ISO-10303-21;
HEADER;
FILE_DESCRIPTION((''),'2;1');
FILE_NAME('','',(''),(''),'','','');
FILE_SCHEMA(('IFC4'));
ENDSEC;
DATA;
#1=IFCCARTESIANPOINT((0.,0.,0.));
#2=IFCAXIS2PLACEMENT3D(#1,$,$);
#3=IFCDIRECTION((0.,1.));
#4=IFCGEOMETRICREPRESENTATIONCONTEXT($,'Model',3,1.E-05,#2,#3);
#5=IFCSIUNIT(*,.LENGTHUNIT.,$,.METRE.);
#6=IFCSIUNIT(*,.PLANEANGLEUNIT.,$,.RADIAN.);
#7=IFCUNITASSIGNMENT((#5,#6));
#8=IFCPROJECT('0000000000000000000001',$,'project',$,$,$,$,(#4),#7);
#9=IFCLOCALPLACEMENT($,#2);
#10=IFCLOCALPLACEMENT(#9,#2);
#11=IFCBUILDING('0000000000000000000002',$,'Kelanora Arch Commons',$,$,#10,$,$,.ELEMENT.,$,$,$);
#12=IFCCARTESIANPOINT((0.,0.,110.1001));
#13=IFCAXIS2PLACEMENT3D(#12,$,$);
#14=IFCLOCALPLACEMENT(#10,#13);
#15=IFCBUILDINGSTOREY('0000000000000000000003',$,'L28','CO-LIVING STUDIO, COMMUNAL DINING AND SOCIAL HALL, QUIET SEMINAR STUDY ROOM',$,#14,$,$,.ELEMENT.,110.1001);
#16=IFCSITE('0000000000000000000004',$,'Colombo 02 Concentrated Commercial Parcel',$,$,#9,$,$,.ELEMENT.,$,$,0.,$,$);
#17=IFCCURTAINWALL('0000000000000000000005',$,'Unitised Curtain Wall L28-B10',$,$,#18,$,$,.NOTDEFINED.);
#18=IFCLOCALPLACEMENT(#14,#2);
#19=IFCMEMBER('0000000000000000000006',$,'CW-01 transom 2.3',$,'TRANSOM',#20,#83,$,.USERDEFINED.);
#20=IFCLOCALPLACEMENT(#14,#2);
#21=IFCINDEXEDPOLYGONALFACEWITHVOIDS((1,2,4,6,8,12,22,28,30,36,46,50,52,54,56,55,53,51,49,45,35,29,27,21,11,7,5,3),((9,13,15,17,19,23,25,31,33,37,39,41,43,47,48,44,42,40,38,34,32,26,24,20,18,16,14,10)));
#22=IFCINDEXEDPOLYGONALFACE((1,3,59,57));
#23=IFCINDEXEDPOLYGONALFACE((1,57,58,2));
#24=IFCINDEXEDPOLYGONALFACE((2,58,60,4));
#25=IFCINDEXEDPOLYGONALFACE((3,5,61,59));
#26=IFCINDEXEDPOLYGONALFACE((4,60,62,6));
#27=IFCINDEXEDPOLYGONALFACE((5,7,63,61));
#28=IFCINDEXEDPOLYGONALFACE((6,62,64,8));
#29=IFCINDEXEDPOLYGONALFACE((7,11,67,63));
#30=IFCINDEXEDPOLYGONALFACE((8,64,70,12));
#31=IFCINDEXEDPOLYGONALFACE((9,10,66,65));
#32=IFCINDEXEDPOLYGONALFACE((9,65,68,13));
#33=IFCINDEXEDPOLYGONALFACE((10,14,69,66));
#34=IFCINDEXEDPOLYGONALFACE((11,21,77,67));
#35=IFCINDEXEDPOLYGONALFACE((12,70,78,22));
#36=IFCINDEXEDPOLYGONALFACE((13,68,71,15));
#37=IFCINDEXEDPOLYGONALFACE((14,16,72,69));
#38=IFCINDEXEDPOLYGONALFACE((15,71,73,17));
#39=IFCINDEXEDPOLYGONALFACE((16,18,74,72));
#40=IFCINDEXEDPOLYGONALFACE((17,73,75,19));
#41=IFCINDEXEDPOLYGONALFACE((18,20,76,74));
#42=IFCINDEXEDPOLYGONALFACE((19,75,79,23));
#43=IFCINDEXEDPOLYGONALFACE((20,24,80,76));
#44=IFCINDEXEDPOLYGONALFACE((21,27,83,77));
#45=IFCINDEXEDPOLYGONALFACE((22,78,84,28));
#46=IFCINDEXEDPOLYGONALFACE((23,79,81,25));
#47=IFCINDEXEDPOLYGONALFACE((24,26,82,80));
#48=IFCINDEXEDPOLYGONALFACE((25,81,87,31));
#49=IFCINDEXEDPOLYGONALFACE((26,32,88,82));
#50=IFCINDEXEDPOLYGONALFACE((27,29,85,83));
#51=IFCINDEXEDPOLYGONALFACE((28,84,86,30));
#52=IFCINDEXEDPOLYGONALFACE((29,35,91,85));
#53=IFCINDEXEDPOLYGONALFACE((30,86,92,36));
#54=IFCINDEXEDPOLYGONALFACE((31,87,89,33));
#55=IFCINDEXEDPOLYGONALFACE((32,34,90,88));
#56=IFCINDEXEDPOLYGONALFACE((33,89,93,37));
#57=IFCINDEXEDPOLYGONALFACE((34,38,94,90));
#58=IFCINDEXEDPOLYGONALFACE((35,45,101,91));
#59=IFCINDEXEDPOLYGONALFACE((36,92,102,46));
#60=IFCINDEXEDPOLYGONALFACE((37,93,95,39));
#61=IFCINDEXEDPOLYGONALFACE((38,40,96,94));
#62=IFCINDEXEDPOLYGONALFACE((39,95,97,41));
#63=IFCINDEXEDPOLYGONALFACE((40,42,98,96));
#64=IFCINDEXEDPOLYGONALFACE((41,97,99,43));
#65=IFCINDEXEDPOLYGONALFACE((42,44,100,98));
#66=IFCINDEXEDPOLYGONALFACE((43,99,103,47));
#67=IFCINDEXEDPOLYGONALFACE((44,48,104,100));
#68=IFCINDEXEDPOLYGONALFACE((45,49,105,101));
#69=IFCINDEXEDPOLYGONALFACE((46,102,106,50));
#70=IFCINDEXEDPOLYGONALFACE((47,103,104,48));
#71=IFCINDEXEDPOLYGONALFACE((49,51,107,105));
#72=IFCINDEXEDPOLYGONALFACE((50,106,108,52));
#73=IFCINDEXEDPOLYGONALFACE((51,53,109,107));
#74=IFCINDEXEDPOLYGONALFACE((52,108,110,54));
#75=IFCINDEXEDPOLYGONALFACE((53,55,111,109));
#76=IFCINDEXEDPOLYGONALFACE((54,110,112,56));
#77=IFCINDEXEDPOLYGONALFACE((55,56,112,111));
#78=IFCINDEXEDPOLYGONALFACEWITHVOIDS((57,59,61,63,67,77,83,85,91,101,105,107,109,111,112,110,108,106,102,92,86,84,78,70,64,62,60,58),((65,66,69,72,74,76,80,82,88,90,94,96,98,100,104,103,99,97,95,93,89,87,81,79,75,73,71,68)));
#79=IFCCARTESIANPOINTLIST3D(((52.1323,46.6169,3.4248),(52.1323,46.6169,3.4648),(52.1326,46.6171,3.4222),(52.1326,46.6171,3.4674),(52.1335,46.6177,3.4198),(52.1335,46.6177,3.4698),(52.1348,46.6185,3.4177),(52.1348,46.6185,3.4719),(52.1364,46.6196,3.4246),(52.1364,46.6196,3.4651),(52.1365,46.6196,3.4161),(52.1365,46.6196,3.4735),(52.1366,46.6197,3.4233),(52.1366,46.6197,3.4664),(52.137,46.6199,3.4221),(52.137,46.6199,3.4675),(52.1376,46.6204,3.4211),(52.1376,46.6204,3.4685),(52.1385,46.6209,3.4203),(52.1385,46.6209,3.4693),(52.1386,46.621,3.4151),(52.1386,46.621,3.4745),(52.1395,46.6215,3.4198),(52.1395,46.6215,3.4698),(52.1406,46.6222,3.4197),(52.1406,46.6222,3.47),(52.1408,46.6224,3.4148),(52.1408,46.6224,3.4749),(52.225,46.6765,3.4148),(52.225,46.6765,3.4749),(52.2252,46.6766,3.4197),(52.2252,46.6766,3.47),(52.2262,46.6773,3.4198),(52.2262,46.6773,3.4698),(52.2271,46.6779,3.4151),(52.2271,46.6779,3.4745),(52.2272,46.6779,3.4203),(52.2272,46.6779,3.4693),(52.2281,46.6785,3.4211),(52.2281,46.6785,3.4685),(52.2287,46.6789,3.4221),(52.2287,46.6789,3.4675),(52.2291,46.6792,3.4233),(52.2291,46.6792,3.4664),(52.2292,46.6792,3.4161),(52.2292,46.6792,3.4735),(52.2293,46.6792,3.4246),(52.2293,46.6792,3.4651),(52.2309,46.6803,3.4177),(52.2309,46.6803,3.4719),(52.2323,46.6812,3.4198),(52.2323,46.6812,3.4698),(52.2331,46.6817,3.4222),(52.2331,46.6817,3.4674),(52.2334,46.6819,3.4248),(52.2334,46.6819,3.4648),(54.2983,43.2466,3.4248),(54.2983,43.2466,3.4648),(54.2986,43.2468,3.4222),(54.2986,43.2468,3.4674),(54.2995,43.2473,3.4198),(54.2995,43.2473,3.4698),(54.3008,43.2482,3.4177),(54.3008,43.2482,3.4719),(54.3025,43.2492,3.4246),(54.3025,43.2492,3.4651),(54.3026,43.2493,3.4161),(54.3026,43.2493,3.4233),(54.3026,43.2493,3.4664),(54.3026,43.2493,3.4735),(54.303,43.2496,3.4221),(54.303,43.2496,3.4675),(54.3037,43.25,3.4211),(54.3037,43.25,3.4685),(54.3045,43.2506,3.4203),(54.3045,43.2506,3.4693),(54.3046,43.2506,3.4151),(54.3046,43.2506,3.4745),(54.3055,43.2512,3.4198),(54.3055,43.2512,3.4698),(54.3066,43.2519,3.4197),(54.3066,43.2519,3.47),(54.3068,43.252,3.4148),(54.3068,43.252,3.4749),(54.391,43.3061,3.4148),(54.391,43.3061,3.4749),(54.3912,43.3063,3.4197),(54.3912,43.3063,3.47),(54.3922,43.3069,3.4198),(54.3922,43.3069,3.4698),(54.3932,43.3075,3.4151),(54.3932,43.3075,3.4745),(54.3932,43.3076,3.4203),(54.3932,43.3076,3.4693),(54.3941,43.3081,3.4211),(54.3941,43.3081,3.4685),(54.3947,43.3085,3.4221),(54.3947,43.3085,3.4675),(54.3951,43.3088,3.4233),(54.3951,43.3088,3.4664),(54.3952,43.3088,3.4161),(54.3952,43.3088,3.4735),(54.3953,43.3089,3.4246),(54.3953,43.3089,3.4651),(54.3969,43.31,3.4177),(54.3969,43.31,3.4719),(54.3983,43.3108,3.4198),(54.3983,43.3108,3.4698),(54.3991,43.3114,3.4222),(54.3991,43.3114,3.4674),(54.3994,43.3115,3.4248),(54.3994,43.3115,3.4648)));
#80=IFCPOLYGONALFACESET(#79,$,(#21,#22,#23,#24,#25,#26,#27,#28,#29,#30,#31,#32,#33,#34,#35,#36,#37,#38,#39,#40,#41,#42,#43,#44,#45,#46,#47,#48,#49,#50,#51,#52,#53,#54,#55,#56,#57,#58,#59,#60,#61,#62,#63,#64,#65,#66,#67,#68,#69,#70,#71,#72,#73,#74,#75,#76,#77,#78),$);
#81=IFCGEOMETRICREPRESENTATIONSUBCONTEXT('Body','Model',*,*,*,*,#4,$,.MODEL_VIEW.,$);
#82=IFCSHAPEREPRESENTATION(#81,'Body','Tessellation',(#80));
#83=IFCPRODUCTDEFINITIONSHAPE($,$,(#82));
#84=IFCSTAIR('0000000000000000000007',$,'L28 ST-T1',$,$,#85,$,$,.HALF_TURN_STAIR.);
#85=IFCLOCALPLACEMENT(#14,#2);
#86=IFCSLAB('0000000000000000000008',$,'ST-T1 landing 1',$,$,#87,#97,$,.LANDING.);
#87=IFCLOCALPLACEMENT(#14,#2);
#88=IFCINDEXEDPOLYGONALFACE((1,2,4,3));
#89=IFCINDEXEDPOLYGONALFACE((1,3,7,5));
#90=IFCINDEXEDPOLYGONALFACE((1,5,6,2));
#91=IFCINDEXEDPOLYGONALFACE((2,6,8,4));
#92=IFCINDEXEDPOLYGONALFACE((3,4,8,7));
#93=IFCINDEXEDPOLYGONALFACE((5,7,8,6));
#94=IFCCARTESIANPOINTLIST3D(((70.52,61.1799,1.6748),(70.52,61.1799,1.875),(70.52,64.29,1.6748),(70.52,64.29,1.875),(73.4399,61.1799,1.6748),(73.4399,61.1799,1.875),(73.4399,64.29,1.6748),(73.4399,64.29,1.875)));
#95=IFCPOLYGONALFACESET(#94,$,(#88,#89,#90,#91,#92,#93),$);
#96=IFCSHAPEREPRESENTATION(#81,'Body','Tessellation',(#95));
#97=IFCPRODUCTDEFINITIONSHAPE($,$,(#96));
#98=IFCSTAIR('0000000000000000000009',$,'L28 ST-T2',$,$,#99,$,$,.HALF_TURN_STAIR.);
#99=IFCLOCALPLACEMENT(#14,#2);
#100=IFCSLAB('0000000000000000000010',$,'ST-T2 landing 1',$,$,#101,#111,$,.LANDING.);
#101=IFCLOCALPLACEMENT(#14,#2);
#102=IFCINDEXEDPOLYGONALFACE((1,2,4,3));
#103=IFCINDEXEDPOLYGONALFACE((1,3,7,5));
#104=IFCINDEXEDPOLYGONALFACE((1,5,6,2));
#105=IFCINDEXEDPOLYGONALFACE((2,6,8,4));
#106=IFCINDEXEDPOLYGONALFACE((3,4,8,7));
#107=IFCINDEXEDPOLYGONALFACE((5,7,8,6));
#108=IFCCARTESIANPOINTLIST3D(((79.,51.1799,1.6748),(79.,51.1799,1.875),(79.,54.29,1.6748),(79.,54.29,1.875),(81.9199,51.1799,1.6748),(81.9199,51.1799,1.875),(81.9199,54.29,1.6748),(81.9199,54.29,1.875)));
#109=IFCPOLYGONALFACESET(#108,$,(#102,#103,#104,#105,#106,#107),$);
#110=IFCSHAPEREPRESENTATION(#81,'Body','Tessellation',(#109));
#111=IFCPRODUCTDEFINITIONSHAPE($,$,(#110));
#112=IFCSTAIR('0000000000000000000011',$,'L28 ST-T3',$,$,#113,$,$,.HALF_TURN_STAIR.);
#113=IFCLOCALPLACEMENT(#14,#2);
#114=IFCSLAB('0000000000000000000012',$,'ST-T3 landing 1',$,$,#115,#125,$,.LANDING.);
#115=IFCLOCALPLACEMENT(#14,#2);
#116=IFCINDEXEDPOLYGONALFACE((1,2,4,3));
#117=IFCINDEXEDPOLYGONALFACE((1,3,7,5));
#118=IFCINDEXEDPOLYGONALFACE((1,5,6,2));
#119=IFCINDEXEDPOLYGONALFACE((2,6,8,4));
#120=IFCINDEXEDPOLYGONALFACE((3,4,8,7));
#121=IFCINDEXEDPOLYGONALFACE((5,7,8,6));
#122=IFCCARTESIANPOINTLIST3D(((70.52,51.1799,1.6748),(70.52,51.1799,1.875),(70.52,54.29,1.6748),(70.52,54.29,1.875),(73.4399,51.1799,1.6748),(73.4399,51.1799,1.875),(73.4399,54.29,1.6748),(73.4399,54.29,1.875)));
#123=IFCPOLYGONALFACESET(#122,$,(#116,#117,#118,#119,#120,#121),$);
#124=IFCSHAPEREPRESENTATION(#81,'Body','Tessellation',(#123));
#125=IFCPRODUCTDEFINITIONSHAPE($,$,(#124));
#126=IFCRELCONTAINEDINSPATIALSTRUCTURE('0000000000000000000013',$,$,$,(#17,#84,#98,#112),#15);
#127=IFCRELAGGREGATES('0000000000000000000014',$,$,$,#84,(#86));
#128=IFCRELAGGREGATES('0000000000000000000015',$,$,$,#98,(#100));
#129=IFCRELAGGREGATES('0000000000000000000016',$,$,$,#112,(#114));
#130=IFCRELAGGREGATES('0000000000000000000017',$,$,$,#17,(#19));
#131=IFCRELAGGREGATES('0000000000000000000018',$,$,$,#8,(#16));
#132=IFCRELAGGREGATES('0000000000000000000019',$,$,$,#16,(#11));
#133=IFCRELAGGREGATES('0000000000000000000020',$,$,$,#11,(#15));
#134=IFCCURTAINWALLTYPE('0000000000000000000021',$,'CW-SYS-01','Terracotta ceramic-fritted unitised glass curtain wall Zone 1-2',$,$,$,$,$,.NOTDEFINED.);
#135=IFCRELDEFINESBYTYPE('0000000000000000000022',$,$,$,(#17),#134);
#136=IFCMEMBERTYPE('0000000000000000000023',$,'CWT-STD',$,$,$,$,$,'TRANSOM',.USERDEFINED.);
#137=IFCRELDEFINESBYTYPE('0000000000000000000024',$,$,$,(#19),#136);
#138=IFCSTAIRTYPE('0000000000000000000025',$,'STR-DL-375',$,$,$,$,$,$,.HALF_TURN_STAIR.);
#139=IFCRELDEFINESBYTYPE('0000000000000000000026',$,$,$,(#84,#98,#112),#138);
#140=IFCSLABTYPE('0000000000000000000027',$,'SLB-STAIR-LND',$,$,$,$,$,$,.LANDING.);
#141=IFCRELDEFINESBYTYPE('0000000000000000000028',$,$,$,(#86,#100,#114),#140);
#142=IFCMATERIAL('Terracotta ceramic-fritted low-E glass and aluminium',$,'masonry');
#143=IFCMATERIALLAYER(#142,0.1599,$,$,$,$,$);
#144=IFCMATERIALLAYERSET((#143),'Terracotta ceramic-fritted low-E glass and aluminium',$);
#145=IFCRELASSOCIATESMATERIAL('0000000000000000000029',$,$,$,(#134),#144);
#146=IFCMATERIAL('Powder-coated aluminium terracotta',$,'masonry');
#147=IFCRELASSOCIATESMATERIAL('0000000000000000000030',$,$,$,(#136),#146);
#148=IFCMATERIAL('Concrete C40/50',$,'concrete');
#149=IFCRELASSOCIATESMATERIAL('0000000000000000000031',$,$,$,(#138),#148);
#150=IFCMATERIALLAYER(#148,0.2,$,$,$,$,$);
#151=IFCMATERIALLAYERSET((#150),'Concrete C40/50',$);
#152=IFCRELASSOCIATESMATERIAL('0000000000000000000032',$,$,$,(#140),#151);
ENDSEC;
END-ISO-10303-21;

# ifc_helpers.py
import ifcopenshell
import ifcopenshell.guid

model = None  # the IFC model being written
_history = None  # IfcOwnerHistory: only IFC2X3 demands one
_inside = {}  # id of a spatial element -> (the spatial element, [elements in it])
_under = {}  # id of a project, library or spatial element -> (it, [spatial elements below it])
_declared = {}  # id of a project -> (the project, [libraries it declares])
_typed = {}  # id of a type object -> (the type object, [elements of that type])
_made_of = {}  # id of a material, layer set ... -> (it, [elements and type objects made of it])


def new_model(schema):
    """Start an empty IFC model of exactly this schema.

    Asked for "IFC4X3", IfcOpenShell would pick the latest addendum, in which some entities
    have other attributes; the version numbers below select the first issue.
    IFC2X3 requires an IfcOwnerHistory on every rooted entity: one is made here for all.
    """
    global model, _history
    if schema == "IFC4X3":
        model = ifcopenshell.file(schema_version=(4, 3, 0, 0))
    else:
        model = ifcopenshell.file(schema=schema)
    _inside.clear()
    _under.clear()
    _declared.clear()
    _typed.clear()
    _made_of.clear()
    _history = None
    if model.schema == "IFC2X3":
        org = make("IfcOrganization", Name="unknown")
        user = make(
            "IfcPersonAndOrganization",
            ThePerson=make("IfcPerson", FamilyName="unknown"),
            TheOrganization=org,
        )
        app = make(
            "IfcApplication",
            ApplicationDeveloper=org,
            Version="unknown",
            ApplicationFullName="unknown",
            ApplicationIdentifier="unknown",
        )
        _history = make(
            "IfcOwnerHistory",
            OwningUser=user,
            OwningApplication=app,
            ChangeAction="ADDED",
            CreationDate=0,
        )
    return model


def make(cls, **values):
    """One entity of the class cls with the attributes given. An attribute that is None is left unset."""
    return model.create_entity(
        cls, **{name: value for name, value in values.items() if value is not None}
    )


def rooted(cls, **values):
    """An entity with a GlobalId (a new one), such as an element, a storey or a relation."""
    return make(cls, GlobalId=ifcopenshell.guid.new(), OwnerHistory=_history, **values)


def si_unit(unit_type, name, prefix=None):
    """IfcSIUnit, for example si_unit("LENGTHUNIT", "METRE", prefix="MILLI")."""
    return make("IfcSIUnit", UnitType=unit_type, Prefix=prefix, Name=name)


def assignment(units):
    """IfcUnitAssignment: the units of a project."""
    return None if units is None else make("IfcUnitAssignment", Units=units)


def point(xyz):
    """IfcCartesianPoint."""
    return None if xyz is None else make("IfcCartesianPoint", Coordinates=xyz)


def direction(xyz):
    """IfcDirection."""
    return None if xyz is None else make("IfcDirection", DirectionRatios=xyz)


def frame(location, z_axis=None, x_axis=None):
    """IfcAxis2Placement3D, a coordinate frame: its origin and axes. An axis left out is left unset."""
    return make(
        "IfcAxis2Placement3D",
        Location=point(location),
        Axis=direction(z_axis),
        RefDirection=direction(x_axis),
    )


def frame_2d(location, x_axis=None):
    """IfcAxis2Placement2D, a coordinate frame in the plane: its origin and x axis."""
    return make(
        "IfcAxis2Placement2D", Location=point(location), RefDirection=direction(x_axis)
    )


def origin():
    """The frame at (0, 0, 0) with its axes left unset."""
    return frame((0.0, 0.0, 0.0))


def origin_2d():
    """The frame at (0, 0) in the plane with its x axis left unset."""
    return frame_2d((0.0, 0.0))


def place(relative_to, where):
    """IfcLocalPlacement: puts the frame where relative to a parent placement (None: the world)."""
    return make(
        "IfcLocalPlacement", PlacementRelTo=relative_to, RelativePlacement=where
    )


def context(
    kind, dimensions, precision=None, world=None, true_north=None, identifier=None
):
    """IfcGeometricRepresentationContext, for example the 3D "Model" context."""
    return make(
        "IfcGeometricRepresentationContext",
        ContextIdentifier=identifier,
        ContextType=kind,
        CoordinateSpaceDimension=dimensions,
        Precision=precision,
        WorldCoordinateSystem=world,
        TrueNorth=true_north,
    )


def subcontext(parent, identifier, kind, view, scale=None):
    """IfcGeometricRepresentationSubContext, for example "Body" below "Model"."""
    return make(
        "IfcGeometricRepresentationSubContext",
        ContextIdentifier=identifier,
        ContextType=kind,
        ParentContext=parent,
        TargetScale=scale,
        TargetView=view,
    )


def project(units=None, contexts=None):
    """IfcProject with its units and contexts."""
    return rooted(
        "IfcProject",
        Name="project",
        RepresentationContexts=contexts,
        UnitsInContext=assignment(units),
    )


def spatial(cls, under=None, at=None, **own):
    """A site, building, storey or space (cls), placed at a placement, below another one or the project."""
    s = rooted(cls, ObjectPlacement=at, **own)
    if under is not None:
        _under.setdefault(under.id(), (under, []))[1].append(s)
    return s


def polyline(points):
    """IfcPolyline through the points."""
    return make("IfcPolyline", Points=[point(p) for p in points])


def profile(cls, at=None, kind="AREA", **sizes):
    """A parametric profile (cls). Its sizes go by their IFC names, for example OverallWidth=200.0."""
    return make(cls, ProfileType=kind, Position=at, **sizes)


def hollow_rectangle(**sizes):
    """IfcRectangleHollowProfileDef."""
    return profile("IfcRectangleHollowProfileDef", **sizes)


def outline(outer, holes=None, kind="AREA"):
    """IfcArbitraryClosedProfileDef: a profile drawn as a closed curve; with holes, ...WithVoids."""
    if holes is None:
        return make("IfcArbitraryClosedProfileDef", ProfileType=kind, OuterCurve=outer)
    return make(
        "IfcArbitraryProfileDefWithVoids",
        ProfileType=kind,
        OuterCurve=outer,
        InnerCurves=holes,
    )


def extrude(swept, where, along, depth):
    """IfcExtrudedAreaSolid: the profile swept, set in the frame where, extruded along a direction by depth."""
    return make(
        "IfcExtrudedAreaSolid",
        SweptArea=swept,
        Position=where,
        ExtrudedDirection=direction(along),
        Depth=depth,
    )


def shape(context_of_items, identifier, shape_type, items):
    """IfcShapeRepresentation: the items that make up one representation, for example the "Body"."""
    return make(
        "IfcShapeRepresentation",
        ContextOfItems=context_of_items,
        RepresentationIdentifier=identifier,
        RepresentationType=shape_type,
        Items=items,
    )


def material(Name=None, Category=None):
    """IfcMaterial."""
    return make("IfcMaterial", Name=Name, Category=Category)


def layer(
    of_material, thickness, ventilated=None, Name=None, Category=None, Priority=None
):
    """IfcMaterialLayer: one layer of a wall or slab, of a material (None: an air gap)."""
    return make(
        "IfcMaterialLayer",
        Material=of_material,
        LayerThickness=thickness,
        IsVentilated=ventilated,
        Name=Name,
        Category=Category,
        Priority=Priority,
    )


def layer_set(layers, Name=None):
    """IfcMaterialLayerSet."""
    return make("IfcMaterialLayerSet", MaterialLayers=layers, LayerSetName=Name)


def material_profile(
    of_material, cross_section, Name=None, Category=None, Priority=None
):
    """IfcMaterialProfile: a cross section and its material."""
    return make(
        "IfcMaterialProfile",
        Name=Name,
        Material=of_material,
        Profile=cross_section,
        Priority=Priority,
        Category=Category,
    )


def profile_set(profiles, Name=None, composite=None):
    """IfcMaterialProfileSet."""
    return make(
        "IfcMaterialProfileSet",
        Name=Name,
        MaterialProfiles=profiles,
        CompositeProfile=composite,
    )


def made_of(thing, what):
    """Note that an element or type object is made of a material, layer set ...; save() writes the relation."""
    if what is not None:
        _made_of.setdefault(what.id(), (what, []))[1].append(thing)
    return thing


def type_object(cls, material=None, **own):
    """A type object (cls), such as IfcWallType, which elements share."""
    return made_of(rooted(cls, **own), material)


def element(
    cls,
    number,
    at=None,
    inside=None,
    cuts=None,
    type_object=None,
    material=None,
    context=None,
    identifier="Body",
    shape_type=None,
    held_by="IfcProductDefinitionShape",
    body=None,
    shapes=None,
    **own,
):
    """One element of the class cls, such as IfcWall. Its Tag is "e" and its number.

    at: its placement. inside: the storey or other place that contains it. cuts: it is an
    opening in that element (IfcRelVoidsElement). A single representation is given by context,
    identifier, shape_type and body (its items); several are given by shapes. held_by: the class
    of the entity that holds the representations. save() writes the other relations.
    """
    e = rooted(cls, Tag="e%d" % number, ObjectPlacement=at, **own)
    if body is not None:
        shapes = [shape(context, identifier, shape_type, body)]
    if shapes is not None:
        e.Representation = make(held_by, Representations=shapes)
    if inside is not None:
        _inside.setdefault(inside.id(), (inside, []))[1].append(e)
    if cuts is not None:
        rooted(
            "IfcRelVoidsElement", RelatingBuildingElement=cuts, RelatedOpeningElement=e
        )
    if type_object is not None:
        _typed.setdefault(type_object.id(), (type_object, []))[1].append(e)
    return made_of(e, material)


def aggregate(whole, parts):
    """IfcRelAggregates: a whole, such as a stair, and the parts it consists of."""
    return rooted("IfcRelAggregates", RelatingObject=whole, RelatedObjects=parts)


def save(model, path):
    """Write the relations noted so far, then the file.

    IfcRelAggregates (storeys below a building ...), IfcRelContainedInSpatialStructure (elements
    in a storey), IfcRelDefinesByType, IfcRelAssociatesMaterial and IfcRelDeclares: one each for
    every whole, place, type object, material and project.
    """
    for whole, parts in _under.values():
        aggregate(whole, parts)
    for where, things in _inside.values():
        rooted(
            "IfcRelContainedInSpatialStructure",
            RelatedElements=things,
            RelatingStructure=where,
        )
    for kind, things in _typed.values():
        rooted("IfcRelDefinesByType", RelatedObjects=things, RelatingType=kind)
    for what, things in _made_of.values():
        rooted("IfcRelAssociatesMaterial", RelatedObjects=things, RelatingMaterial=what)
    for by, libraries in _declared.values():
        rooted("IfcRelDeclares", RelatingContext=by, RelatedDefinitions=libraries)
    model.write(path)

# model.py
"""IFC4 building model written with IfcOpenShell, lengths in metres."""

from ifc_helpers import new_model, si_unit, direction, frame, origin, origin_2d, place, context, subcontext, project, spatial, polyline, hollow_rectangle, outline, extrude, material, layer, layer_set, material_profile, profile_set, type_object, element, aggregate, save


model = new_model("IFC4")

# Units and contexts
model_context = context("Model", 3, precision=1e-05, world=origin(), true_north=direction((0.0, 1.0)))
body_context = subcontext(model_context, "Body", "Model", "MODEL_VIEW")
ifc_project = project(units=[si_unit("LENGTHUNIT", "METRE"), si_unit("PLANEANGLEUNIT", "RADIAN")], contexts=[model_context])

# Site, building, storey
site_placement = place(None, origin())
site = spatial("IfcSite", under=ifc_project, at=site_placement, Name="Colombo 02 Concentrated Commercial Parcel", CompositionType="ELEMENT", RefElevation=0.0)
building_placement = place(site_placement, origin())
building = spatial("IfcBuilding", under=site, at=building_placement, Name="Kelanora Arch Commons", CompositionType="ELEMENT")
storey_placement = place(building_placement, frame((0.0, 0.0, 110.1001)))
storey = spatial("IfcBuildingStorey", under=building, at=storey_placement, Name="L28", Description="CO-LIVING STUDIO, COMMUNAL DINING AND SOCIAL HALL, QUIET SEMINAR STUDY ROOM", CompositionType="ELEMENT", Elevation=110.1001)

# Shared definitions
ifc_material_1 = material(Name="Terracotta ceramic-fritted low-E glass and aluminium", Category="masonry")
ifc_layer_1 = layer(ifc_material_1, 0.1599)
ifc_layer_set_1 = layer_set([ifc_layer_1], Name="Terracotta ceramic-fritted low-E glass and aluminium")
curtain_wall_type = type_object("IfcCurtainWallType", Name="CW-SYS-01", Description="Terracotta ceramic-fritted unitised glass curtain wall Zone 1-2", PredefinedType="NOTDEFINED", material=ifc_layer_set_1)
ifc_material_2 = material(Name="Powder-coated aluminium terracotta", Category="masonry")

# Curtain wall, member
curtain_wall_1_placement = place(storey_placement, origin())
curtain_wall_1 = element("IfcCurtainWall", 1, at=curtain_wall_1_placement, inside=storey, type_object=curtain_wall_type, Name="Unitised Curtain Wall L28-B10", PredefinedType="NOTDEFINED")
ifc_material_profile_1 = material_profile(ifc_material_2, hollow_rectangle(XDim=0.1201, YDim=0.0601, WallThickness=0.0049, InnerFilletRadius=0.0049, OuterFilletRadius=0.01, at=origin_2d()), Name="CWT120x60")
ifc_profile_set_1 = profile_set([ifc_material_profile_1], Name="Powder-coated aluminium terracotta")
member_type_1 = type_object("IfcMemberType", Name="CWT-STD", ElementType="TRANSOM", PredefinedType="USERDEFINED", material=ifc_profile_set_1)
member_1_placement = place(storey_placement, frame((52.1829, 46.6494, 3.4448), z_axis=(0.540644, -0.841252, 0.0), x_axis=(0.841252, 0.540644, 0.0)))
member_1 = element("IfcMember", 2, at=member_1_placement, type_object=member_type_1, Name="CW-01 transom 2.3", ObjectType="TRANSOM", PredefinedType="USERDEFINED", context=body_context, shape_type="SweptSolid", body=[
    extrude(hollow_rectangle(XDim=0.1201, YDim=0.0601, WallThickness=0.0049, InnerFilletRadius=0.0049, OuterFilletRadius=0.01, at=origin_2d()), origin(), (0.0, 0.0, 1.0), 4.0063),
])

# Stairs, slabs
ifc_material_3 = material(Name="Concrete C40/50", Category="concrete")
stair_type = type_object("IfcStairType", Name="STR-DL-375", PredefinedType="HALF_TURN_STAIR", material=ifc_material_3)
stair_1_placement = place(storey_placement, origin())
stair_1 = element("IfcStair", 3, at=stair_1_placement, inside=storey, type_object=stair_type, Name="L28 ST-T1", PredefinedType="HALF_TURN_STAIR")
ifc_layer_2 = layer(ifc_material_3, 0.2)
ifc_layer_set_2 = layer_set([ifc_layer_2], Name="Concrete C40/50")
slab_type_1 = type_object("IfcSlabType", Name="SLB-STAIR-LND", PredefinedType="LANDING", material=ifc_layer_set_2)
slab_1_placement = place(storey_placement, frame((0.0, 0.0, 1.6748)))
slab_1 = element("IfcSlab", 4, at=slab_1_placement, type_object=slab_type_1, Name="ST-T1 landing 1", PredefinedType="LANDING", context=body_context, shape_type="SweptSolid", body=[
    extrude(outline(polyline([(70.52, 61.1799), (73.4399, 61.1799), (73.4399, 64.29), (70.52, 64.29), (70.52, 61.1799)])), origin(), (0.0, 0.0, 1.0), 0.2002),
])
aggregate(stair_1, [slab_1])
stair_2_placement = place(storey_placement, origin())
stair_2 = element("IfcStair", 5, at=stair_2_placement, inside=storey, type_object=stair_type, Name="L28 ST-T2", PredefinedType="HALF_TURN_STAIR")
slab_2_placement = place(storey_placement, frame((0.0, 0.0, 1.6748)))
slab_2 = element("IfcSlab", 6, at=slab_2_placement, type_object=slab_type_1, Name="ST-T2 landing 1", PredefinedType="LANDING", context=body_context, shape_type="SweptSolid", body=[
    extrude(outline(polyline([(79.0, 51.1799), (81.9199, 51.1799), (81.9199, 54.29), (79.0, 54.29), (79.0, 51.1799)])), origin(), (0.0, 0.0, 1.0), 0.2002),
])
aggregate(stair_2, [slab_2])
stair_3_placement = place(storey_placement, origin())
stair_3 = element("IfcStair", 7, at=stair_3_placement, inside=storey, type_object=stair_type, Name="L28 ST-T3", PredefinedType="HALF_TURN_STAIR")
slab_3_placement = place(storey_placement, frame((0.0, 0.0, 1.6748)))
slab_3 = element("IfcSlab", 8, at=slab_3_placement, type_object=slab_type_1, Name="ST-T3 landing 1", PredefinedType="LANDING", context=body_context, shape_type="SweptSolid", body=[
    extrude(outline(polyline([(70.52, 51.1799), (73.4399, 51.1799), (73.4399, 54.29), (70.52, 54.29), (70.52, 51.1799)])), origin(), (0.0, 0.0, 1.0), 0.2002),
])
aggregate(stair_3, [slab_3])

aggregate(curtain_wall_1, [member_1])

save(model, "model.ifc")
